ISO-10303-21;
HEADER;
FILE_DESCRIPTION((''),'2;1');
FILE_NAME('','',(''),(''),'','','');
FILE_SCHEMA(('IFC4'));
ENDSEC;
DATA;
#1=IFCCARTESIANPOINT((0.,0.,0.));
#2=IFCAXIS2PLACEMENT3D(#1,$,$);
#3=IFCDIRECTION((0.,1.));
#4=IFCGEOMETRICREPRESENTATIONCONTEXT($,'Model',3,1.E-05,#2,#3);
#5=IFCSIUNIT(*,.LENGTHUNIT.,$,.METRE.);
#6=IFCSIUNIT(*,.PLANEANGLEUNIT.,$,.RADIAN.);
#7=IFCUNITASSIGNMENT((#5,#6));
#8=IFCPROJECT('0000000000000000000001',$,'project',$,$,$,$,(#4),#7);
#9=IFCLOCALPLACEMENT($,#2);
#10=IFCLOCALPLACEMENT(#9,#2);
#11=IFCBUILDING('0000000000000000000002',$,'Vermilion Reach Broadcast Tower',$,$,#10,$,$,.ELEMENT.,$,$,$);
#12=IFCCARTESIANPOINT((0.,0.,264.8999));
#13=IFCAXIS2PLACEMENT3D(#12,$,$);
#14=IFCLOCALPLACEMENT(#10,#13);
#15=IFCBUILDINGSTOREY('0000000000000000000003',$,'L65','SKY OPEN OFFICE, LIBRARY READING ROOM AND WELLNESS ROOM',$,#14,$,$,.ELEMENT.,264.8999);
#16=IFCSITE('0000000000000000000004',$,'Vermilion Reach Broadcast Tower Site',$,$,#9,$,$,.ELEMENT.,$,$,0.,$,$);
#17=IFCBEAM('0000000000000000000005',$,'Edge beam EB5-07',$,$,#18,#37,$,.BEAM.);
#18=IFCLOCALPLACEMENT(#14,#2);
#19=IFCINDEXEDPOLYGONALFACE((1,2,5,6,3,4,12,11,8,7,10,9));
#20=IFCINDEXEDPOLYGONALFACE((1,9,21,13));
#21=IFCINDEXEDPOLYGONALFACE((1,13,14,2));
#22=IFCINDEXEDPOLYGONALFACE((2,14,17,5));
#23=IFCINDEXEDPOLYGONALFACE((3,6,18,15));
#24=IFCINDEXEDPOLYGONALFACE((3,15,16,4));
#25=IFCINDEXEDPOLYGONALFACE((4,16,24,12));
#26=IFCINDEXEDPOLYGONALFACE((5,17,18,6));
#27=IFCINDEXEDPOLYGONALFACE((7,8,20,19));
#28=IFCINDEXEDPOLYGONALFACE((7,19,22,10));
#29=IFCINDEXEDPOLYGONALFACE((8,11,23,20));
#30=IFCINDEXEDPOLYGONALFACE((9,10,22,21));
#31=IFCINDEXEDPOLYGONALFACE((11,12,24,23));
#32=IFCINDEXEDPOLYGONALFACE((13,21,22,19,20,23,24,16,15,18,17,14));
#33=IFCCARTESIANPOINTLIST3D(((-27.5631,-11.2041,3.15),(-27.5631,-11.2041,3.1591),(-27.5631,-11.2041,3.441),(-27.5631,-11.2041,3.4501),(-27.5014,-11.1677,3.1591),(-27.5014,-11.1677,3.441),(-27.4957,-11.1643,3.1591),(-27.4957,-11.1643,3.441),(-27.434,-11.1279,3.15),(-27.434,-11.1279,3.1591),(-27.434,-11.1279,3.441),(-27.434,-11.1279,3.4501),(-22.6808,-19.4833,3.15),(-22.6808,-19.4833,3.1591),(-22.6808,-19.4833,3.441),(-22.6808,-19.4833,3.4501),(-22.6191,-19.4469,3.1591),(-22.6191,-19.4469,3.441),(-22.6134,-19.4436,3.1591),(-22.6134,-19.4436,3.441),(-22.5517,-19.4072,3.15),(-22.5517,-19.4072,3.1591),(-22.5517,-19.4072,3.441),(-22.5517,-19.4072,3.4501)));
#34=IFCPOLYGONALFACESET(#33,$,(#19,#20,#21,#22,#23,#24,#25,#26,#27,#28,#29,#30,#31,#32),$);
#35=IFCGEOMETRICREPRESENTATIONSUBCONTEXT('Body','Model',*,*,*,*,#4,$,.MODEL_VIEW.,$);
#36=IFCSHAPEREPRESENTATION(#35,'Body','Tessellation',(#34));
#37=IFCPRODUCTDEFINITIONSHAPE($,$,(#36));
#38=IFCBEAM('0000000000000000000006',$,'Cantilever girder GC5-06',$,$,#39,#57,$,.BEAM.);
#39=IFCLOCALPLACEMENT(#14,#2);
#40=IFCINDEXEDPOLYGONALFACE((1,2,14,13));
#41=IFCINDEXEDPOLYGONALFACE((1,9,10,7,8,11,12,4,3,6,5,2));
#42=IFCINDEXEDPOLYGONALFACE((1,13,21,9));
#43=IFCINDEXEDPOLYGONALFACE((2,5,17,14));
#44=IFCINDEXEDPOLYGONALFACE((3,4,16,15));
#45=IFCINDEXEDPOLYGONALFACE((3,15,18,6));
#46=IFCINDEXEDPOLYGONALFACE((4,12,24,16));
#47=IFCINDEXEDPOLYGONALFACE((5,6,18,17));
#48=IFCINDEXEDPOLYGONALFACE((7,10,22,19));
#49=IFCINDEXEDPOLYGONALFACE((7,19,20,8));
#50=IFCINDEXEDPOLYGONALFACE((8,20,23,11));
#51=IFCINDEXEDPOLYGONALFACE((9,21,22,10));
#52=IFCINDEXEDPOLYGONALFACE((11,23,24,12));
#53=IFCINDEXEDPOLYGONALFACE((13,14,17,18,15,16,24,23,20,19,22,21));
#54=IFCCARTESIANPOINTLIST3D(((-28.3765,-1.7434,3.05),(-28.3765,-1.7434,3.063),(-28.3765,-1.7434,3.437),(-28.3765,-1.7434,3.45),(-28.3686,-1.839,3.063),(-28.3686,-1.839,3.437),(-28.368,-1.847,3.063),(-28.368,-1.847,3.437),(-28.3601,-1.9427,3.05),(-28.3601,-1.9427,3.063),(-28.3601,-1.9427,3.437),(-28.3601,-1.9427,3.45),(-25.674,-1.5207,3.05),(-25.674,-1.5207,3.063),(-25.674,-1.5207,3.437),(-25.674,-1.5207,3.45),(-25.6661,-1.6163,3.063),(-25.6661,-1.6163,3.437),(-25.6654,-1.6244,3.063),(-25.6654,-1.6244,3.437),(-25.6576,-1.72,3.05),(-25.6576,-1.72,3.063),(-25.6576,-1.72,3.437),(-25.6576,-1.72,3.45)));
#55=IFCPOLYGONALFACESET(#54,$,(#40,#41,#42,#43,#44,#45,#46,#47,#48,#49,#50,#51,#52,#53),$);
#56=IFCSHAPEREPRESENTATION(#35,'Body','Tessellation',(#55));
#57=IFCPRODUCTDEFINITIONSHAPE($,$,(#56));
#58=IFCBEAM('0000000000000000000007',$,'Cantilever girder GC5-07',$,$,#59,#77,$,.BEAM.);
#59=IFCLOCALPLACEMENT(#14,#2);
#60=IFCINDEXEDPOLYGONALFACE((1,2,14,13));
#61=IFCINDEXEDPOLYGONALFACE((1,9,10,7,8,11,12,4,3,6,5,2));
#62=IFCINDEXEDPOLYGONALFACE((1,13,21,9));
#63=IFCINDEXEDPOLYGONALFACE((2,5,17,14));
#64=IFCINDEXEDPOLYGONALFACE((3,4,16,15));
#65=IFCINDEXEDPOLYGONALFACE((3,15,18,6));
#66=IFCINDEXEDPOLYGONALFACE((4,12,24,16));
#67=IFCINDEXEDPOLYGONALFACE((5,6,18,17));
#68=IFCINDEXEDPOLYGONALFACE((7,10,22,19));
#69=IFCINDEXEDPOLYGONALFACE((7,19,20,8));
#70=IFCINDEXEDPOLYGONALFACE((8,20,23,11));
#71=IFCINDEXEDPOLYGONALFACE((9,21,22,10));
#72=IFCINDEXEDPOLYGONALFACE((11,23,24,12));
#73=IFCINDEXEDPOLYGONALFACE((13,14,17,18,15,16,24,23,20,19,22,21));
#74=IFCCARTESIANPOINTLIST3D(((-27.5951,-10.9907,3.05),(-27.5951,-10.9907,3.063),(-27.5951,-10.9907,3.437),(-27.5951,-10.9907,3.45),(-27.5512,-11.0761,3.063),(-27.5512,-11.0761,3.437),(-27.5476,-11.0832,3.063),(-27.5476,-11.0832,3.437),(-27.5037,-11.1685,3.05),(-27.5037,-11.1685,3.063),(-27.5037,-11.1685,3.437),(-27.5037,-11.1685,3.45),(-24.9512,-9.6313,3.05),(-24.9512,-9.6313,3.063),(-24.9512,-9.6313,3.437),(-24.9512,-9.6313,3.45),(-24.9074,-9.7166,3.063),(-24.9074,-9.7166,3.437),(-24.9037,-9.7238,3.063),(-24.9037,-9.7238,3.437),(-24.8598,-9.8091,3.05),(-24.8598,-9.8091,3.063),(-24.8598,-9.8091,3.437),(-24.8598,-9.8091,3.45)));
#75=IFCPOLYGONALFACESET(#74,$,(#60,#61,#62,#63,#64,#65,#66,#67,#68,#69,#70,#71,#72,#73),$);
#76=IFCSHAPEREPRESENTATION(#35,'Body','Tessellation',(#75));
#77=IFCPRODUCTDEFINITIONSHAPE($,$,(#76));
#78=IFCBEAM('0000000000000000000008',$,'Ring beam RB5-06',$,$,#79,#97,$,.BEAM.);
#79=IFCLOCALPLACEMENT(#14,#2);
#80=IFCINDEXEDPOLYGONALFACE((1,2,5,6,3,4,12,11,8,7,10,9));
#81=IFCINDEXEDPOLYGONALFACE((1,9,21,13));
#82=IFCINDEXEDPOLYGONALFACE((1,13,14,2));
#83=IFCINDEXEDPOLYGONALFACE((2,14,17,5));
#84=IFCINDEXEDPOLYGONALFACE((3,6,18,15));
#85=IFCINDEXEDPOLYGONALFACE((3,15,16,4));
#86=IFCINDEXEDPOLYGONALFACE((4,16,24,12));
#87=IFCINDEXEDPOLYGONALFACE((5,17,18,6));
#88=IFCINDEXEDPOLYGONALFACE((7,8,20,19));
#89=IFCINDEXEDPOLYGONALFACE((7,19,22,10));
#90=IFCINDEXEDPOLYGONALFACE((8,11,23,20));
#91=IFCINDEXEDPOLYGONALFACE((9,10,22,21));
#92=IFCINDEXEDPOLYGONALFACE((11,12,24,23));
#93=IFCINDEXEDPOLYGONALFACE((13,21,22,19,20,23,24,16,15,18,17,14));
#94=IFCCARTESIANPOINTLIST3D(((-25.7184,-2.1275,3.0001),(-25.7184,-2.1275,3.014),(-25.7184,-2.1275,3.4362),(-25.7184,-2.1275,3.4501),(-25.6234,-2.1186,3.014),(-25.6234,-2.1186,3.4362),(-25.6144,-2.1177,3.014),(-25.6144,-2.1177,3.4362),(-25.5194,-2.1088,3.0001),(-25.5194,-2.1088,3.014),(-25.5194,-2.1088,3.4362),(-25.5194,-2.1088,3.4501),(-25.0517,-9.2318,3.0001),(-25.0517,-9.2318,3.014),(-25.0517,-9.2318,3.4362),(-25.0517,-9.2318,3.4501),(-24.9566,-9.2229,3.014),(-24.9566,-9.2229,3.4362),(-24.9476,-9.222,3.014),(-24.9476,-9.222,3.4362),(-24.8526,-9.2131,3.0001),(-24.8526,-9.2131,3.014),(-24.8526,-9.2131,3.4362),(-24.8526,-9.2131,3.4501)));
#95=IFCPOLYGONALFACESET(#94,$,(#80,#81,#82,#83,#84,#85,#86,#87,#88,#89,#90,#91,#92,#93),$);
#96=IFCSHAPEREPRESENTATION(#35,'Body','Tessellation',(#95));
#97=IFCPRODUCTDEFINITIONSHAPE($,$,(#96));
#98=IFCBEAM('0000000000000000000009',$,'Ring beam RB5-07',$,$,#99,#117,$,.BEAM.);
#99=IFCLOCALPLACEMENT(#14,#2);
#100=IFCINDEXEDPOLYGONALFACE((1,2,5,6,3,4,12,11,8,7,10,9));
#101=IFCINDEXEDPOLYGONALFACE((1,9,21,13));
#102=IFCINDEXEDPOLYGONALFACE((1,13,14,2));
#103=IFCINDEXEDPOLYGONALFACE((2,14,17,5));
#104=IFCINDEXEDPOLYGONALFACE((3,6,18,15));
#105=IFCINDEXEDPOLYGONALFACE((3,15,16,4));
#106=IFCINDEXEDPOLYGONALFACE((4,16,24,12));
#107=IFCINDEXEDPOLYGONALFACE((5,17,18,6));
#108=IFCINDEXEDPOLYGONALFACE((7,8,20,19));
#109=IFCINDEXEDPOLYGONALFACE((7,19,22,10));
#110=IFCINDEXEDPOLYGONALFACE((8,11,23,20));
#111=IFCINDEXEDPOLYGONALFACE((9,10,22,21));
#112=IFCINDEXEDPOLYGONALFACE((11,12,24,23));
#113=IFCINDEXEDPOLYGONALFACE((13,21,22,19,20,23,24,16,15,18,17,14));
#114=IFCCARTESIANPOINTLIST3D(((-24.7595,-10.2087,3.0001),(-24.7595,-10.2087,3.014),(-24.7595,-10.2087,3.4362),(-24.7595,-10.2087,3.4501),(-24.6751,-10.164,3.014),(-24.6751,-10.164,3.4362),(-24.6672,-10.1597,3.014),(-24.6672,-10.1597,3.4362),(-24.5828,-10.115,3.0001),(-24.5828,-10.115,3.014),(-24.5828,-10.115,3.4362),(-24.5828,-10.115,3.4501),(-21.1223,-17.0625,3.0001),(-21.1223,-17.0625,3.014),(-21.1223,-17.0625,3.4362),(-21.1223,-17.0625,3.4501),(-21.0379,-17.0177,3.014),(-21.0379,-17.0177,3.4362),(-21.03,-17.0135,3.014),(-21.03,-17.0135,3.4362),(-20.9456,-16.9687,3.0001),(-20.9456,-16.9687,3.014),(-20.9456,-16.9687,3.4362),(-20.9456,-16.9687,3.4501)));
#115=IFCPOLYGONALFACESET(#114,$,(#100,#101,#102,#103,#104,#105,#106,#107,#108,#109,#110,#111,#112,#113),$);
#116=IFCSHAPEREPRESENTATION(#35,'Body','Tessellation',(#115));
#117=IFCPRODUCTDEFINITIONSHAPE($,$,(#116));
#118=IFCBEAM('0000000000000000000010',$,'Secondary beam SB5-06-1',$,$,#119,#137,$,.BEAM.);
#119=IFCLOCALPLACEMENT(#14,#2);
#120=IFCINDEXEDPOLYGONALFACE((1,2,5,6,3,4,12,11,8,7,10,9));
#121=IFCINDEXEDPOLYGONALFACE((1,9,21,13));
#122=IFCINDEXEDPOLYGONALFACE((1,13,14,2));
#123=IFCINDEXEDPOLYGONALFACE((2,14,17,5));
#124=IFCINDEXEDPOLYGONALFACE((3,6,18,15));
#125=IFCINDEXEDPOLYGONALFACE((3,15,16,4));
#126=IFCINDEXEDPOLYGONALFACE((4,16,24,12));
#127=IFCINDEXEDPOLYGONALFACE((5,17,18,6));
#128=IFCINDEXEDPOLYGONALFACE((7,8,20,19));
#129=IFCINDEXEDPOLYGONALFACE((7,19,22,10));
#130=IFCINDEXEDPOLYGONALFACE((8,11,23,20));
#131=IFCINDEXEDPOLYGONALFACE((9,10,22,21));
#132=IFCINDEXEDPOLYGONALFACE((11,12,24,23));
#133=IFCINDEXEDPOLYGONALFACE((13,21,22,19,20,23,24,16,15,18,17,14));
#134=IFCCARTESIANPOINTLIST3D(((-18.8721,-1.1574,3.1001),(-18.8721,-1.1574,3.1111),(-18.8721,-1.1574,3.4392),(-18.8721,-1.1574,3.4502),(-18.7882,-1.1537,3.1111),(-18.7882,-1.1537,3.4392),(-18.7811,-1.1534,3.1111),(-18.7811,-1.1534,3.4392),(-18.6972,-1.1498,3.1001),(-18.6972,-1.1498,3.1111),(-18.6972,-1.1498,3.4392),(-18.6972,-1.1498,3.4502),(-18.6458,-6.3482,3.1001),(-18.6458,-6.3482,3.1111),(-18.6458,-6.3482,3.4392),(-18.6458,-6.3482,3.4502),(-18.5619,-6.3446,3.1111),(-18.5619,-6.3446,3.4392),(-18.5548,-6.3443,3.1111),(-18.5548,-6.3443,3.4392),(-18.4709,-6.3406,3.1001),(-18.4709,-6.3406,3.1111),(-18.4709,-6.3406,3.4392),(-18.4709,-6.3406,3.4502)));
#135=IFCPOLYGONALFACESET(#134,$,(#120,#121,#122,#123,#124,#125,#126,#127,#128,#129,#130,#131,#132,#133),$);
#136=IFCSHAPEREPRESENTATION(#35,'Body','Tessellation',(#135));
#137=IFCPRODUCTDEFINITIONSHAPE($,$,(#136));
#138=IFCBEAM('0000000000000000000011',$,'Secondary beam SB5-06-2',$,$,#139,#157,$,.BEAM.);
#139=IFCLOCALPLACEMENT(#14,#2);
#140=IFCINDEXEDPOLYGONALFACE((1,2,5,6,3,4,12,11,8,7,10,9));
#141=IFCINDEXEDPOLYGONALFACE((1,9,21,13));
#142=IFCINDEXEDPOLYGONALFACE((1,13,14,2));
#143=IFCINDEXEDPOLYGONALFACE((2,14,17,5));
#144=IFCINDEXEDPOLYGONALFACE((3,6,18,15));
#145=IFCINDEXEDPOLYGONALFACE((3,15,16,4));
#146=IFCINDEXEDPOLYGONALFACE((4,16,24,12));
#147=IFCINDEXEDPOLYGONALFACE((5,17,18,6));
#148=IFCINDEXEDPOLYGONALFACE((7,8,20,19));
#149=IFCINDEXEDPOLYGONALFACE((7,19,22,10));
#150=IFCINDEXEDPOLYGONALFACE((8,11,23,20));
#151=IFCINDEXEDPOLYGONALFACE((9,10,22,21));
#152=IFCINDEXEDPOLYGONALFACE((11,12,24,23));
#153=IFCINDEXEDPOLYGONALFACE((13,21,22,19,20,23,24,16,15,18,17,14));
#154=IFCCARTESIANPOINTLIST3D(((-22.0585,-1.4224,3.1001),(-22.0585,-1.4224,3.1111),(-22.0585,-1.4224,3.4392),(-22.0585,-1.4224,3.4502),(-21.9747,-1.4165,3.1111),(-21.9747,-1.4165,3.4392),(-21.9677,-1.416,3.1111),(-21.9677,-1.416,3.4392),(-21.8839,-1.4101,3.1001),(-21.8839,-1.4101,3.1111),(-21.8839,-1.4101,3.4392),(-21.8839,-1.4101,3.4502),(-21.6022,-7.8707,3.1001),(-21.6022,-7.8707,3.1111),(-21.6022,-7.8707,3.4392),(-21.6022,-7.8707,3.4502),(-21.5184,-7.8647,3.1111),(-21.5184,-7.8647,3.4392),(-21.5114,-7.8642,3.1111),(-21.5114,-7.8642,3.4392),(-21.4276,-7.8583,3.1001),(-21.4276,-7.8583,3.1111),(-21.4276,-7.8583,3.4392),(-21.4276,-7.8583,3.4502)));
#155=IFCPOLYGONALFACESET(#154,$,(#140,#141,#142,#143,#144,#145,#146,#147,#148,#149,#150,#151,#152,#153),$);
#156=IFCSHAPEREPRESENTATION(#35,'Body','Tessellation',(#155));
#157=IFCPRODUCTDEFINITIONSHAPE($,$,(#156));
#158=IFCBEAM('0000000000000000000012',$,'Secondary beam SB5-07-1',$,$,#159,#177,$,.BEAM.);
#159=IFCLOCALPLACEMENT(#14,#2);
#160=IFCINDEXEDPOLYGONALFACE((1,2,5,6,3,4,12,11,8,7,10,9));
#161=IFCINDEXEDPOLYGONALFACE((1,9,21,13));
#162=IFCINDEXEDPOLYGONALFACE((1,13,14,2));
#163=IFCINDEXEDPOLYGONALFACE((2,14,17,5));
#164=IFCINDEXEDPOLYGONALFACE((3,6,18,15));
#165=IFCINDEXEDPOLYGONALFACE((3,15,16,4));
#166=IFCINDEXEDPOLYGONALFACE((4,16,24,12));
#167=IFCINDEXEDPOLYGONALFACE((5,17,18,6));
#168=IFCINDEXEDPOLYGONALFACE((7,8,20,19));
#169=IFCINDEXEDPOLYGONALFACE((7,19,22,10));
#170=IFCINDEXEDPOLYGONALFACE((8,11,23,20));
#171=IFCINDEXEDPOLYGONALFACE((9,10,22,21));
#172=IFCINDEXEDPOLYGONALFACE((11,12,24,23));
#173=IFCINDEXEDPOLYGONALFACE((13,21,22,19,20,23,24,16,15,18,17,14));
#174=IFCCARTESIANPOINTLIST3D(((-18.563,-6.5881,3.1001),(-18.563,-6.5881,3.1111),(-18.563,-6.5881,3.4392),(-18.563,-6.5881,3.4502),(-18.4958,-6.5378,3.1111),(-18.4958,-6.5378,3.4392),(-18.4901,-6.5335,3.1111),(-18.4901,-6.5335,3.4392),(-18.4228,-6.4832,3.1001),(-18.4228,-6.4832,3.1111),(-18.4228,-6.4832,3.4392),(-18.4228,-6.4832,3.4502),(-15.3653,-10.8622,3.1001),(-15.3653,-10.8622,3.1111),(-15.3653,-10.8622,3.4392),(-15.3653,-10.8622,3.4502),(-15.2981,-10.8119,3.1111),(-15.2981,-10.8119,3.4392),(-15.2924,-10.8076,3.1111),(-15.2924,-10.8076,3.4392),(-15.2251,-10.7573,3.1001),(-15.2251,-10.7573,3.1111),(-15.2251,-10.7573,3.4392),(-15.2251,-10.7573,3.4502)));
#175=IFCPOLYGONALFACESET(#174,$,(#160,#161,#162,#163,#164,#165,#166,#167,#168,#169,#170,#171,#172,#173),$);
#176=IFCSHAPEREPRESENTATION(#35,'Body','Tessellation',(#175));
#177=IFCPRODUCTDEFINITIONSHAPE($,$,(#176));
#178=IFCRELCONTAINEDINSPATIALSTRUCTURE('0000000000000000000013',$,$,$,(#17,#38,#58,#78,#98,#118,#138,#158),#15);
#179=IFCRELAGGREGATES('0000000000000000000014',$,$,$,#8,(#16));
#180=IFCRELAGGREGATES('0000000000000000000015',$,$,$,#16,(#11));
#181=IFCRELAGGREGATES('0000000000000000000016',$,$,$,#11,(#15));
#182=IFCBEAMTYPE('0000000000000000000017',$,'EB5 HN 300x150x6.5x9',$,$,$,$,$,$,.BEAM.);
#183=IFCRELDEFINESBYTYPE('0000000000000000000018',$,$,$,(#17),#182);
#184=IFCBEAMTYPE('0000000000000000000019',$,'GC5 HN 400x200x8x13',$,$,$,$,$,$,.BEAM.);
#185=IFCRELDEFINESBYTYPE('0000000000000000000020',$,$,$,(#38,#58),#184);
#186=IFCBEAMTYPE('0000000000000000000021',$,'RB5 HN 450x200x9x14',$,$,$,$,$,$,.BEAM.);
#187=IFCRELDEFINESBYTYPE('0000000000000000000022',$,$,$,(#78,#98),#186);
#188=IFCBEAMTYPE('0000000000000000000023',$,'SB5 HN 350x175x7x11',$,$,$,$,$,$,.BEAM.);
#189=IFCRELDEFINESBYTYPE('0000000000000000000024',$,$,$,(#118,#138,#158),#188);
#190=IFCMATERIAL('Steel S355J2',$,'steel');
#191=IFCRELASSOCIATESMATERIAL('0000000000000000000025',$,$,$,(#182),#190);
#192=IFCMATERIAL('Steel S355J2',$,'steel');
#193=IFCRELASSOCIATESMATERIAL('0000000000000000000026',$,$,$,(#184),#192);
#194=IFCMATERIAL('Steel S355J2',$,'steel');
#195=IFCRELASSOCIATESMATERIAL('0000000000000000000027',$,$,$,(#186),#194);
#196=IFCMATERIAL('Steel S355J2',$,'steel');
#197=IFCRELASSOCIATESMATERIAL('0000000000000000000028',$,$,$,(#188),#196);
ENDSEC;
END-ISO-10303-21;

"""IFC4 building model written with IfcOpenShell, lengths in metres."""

from ifc_helpers import new_model, si_unit, direction, frame, origin, origin_2d, place, context, subcontext, project, spatial, i_section, extrude, material, material_profile, profile_set, type_object, element, save


model = new_model("IFC4")

# Units and contexts
model_context = context("Model", 3, precision=1e-05, world=origin(), true_north=direction((0.0, 1.0)))
body_context = subcontext(model_context, "Body", "Model", "MODEL_VIEW")
ifc_project = project(units=[si_unit("LENGTHUNIT", "METRE"), si_unit("PLANEANGLEUNIT", "RADIAN")], contexts=[model_context])

# Site, building, storey
site_placement = place(None, origin())
site = spatial("IfcSite", under=ifc_project, at=site_placement, Name="Vermilion Reach Broadcast Tower Site", CompositionType="ELEMENT", RefElevation=0.0)
building_placement = place(site_placement, origin())
building = spatial("IfcBuilding", under=site, at=building_placement, Name="Vermilion Reach Broadcast Tower", CompositionType="ELEMENT")
storey_placement = place(building_placement, frame((0.0, 0.0, 264.8999)))
storey = spatial("IfcBuildingStorey", under=building, at=storey_placement, Name="L65", Description="SKY OPEN OFFICE, LIBRARY READING ROOM AND WELLNESS ROOM", CompositionType="ELEMENT", Elevation=264.8999)

# Beams
ifc_material_1 = material(Name="Steel S355J2", Category="steel")
ifc_material_profile_1 = material_profile(ifc_material_1, i_section(OverallWidth=0.1499, OverallDepth=0.3, WebThickness=0.0066, FlangeThickness=0.009, at=origin_2d()), Name="S355J2 HN 300x150x6.5x9")
ifc_profile_set_1 = profile_set([ifc_material_profile_1], Name="Steel S355J2")
beam_type_1 = type_object("IfcBeamType", Name="EB5 HN 300x150x6.5x9", PredefinedType="BEAM", material=ifc_profile_set_1)
beam_1_placement = place(storey_placement, frame((-27.4985, -11.166, 3.3), z_axis=(0.507959, -0.861381, 0.0), x_axis=(0.861381, 0.507959, 0.0)))
element("IfcBeam", 1, at=beam_1_placement, inside=storey, type_object=beam_type_1, Name="Edge beam EB5-07", PredefinedType="BEAM", context=body_context, shape_type="SweptSolid", body=[
    extrude(i_section(OverallWidth=0.1499, OverallDepth=0.3, WebThickness=0.0066, FlangeThickness=0.009, at=origin_2d()), origin(), (0.0, 0.0, 1.0), 9.6116),
])
ifc_material_2 = material(Name="Steel S355J2", Category="steel")
ifc_material_profile_2 = material_profile(ifc_material_2, i_section(OverallWidth=0.2, OverallDepth=0.3999, WebThickness=0.0081, FlangeThickness=0.0129, at=origin_2d()), Name="S355J2 HN 400x200x8x13")
ifc_profile_set_2 = profile_set([ifc_material_profile_2], Name="Steel S355J2")
beam_type_2 = type_object("IfcBeamType", Name="GC5 HN 400x200x8x13", PredefinedType="BEAM", material=ifc_profile_set_2)
beam_2_placement = place(storey_placement, frame((-25.6658, -1.6204, 3.25), z_axis=(-0.996623, -0.082114, 0.0), x_axis=(0.082114, -0.996623, 0.0)))
element("IfcBeam", 2, at=beam_2_placement, inside=storey, type_object=beam_type_2, Name="Cantilever girder GC5-06", PredefinedType="BEAM", context=body_context, shape_type="SweptSolid", body=[
    extrude(i_section(OverallWidth=0.2, OverallDepth=0.3999, WebThickness=0.0081, FlangeThickness=0.0129, at=origin_2d()), origin(), (0.0, 0.0, 1.0), 2.7117),
])
beam_3_placement = place(storey_placement, frame((-24.9055, -9.7202, 3.25), z_axis=(-0.889328, -0.45727, 0.0), x_axis=(0.45727, -0.889328, 0.0)))
element("IfcBeam", 3, at=beam_3_placement, inside=storey, type_object=beam_type_2, Name="Cantilever girder GC5-07", PredefinedType="BEAM", context=body_context, shape_type="SweptSolid", body=[
    extrude(i_section(OverallWidth=0.2, OverallDepth=0.3999, WebThickness=0.0081, FlangeThickness=0.0129, at=origin_2d()), origin(), (0.0, 0.0, 1.0), 2.9729),
])
ifc_material_3 = material(Name="Steel S355J2", Category="steel")
ifc_material_profile_3 = material_profile(ifc_material_3, i_section(OverallWidth=0.2, OverallDepth=0.45, WebThickness=0.009, FlangeThickness=0.0139, at=origin_2d()), Name="S355J2 HN 450x200x9x14")
ifc_profile_set_3 = profile_set([ifc_material_profile_3], Name="Steel S355J2")
beam_type_3 = type_object("IfcBeamType", Name="RB5 HN 450x200x9x14", PredefinedType="BEAM", material=ifc_profile_set_3)
beam_4_placement = place(storey_placement, frame((-25.6189, -2.1182, 3.2251), z_axis=(0.093441, -0.995625, 0.0), x_axis=(0.995625, 0.093441, 0.0)))
element("IfcBeam", 4, at=beam_4_placement, inside=storey, type_object=beam_type_3, Name="Ring beam RB5-06", PredefinedType="BEAM", context=body_context, shape_type="SweptSolid", body=[
    extrude(i_section(OverallWidth=0.2, OverallDepth=0.45, WebThickness=0.009, FlangeThickness=0.0139, at=origin_2d()), origin(), (0.0, 0.0, 1.0), 7.1355),
])
beam_5_placement = place(storey_placement, frame((-24.6711, -10.1619, 3.2251), z_axis=(0.468768, -0.883321, 0.0), x_axis=(0.883321, 0.468768, 0.0)))
element("IfcBeam", 5, at=beam_5_placement, inside=storey, type_object=beam_type_3, Name="Ring beam RB5-07", PredefinedType="BEAM", context=body_context, shape_type="SweptSolid", body=[
    extrude(i_section(OverallWidth=0.2, OverallDepth=0.45, WebThickness=0.009, FlangeThickness=0.0139, at=origin_2d()), origin(), (0.0, 0.0, 1.0), 7.759),
])
ifc_material_4 = material(Name="Steel S355J2", Category="steel")
ifc_material_profile_4 = material_profile(ifc_material_4, i_section(OverallWidth=0.175, OverallDepth=0.3501, WebThickness=0.0071, FlangeThickness=0.011, at=origin_2d()), Name="S355J2 HN 350x175x7x11")
ifc_profile_set_4 = profile_set([ifc_material_profile_4], Name="Steel S355J2")
beam_type_4 = type_object("IfcBeamType", Name="SB5 HN 350x175x7x11", PredefinedType="BEAM", material=ifc_profile_set_4)
beam_6_placement = place(storey_placement, frame((-18.7847, -1.1536, 3.2751), z_axis=(0.043558, -0.999051, 0.0), x_axis=(0.999051, 0.043558, 0.0)))
element("IfcBeam", 6, at=beam_6_placement, inside=storey, type_object=beam_type_4, Name="Secondary beam SB5-06-1", PredefinedType="BEAM", context=body_context, shape_type="SweptSolid", body=[
    extrude(i_section(OverallWidth=0.175, OverallDepth=0.3501, WebThickness=0.0071, FlangeThickness=0.011, at=origin_2d()), origin(), (0.0, 0.0, 1.0), 5.1958),
])
beam_7_placement = place(storey_placement, frame((-21.9712, -1.4163, 3.2751), z_axis=(0.070587, -0.997506, 0.0), x_axis=(0.997506, 0.070587, 0.0)))
element("IfcBeam", 7, at=beam_7_placement, inside=storey, type_object=beam_type_4, Name="Secondary beam SB5-06-2", PredefinedType="BEAM", context=body_context, shape_type="SweptSolid", body=[
    extrude(i_section(OverallWidth=0.175, OverallDepth=0.3501, WebThickness=0.0071, FlangeThickness=0.011, at=origin_2d()), origin(), (0.0, 0.0, 1.0), 6.4644),
])
beam_8_placement = place(storey_placement, frame((-18.4929, -6.5356, 3.2751), z_axis=(0.599056, -0.800707, 0.0), x_axis=(0.800707, 0.599056, 0.0)))
element("IfcBeam", 8, at=beam_8_placement, inside=storey, type_object=beam_type_4, Name="Secondary beam SB5-07-1", PredefinedType="BEAM", context=body_context, shape_type="SweptSolid", body=[
    extrude(i_section(OverallWidth=0.175, OverallDepth=0.3501, WebThickness=0.0071, FlangeThickness=0.011, at=origin_2d()), origin(), (0.0, 0.0, 1.0), 5.3379),
])

save(model, "model.ifc")
